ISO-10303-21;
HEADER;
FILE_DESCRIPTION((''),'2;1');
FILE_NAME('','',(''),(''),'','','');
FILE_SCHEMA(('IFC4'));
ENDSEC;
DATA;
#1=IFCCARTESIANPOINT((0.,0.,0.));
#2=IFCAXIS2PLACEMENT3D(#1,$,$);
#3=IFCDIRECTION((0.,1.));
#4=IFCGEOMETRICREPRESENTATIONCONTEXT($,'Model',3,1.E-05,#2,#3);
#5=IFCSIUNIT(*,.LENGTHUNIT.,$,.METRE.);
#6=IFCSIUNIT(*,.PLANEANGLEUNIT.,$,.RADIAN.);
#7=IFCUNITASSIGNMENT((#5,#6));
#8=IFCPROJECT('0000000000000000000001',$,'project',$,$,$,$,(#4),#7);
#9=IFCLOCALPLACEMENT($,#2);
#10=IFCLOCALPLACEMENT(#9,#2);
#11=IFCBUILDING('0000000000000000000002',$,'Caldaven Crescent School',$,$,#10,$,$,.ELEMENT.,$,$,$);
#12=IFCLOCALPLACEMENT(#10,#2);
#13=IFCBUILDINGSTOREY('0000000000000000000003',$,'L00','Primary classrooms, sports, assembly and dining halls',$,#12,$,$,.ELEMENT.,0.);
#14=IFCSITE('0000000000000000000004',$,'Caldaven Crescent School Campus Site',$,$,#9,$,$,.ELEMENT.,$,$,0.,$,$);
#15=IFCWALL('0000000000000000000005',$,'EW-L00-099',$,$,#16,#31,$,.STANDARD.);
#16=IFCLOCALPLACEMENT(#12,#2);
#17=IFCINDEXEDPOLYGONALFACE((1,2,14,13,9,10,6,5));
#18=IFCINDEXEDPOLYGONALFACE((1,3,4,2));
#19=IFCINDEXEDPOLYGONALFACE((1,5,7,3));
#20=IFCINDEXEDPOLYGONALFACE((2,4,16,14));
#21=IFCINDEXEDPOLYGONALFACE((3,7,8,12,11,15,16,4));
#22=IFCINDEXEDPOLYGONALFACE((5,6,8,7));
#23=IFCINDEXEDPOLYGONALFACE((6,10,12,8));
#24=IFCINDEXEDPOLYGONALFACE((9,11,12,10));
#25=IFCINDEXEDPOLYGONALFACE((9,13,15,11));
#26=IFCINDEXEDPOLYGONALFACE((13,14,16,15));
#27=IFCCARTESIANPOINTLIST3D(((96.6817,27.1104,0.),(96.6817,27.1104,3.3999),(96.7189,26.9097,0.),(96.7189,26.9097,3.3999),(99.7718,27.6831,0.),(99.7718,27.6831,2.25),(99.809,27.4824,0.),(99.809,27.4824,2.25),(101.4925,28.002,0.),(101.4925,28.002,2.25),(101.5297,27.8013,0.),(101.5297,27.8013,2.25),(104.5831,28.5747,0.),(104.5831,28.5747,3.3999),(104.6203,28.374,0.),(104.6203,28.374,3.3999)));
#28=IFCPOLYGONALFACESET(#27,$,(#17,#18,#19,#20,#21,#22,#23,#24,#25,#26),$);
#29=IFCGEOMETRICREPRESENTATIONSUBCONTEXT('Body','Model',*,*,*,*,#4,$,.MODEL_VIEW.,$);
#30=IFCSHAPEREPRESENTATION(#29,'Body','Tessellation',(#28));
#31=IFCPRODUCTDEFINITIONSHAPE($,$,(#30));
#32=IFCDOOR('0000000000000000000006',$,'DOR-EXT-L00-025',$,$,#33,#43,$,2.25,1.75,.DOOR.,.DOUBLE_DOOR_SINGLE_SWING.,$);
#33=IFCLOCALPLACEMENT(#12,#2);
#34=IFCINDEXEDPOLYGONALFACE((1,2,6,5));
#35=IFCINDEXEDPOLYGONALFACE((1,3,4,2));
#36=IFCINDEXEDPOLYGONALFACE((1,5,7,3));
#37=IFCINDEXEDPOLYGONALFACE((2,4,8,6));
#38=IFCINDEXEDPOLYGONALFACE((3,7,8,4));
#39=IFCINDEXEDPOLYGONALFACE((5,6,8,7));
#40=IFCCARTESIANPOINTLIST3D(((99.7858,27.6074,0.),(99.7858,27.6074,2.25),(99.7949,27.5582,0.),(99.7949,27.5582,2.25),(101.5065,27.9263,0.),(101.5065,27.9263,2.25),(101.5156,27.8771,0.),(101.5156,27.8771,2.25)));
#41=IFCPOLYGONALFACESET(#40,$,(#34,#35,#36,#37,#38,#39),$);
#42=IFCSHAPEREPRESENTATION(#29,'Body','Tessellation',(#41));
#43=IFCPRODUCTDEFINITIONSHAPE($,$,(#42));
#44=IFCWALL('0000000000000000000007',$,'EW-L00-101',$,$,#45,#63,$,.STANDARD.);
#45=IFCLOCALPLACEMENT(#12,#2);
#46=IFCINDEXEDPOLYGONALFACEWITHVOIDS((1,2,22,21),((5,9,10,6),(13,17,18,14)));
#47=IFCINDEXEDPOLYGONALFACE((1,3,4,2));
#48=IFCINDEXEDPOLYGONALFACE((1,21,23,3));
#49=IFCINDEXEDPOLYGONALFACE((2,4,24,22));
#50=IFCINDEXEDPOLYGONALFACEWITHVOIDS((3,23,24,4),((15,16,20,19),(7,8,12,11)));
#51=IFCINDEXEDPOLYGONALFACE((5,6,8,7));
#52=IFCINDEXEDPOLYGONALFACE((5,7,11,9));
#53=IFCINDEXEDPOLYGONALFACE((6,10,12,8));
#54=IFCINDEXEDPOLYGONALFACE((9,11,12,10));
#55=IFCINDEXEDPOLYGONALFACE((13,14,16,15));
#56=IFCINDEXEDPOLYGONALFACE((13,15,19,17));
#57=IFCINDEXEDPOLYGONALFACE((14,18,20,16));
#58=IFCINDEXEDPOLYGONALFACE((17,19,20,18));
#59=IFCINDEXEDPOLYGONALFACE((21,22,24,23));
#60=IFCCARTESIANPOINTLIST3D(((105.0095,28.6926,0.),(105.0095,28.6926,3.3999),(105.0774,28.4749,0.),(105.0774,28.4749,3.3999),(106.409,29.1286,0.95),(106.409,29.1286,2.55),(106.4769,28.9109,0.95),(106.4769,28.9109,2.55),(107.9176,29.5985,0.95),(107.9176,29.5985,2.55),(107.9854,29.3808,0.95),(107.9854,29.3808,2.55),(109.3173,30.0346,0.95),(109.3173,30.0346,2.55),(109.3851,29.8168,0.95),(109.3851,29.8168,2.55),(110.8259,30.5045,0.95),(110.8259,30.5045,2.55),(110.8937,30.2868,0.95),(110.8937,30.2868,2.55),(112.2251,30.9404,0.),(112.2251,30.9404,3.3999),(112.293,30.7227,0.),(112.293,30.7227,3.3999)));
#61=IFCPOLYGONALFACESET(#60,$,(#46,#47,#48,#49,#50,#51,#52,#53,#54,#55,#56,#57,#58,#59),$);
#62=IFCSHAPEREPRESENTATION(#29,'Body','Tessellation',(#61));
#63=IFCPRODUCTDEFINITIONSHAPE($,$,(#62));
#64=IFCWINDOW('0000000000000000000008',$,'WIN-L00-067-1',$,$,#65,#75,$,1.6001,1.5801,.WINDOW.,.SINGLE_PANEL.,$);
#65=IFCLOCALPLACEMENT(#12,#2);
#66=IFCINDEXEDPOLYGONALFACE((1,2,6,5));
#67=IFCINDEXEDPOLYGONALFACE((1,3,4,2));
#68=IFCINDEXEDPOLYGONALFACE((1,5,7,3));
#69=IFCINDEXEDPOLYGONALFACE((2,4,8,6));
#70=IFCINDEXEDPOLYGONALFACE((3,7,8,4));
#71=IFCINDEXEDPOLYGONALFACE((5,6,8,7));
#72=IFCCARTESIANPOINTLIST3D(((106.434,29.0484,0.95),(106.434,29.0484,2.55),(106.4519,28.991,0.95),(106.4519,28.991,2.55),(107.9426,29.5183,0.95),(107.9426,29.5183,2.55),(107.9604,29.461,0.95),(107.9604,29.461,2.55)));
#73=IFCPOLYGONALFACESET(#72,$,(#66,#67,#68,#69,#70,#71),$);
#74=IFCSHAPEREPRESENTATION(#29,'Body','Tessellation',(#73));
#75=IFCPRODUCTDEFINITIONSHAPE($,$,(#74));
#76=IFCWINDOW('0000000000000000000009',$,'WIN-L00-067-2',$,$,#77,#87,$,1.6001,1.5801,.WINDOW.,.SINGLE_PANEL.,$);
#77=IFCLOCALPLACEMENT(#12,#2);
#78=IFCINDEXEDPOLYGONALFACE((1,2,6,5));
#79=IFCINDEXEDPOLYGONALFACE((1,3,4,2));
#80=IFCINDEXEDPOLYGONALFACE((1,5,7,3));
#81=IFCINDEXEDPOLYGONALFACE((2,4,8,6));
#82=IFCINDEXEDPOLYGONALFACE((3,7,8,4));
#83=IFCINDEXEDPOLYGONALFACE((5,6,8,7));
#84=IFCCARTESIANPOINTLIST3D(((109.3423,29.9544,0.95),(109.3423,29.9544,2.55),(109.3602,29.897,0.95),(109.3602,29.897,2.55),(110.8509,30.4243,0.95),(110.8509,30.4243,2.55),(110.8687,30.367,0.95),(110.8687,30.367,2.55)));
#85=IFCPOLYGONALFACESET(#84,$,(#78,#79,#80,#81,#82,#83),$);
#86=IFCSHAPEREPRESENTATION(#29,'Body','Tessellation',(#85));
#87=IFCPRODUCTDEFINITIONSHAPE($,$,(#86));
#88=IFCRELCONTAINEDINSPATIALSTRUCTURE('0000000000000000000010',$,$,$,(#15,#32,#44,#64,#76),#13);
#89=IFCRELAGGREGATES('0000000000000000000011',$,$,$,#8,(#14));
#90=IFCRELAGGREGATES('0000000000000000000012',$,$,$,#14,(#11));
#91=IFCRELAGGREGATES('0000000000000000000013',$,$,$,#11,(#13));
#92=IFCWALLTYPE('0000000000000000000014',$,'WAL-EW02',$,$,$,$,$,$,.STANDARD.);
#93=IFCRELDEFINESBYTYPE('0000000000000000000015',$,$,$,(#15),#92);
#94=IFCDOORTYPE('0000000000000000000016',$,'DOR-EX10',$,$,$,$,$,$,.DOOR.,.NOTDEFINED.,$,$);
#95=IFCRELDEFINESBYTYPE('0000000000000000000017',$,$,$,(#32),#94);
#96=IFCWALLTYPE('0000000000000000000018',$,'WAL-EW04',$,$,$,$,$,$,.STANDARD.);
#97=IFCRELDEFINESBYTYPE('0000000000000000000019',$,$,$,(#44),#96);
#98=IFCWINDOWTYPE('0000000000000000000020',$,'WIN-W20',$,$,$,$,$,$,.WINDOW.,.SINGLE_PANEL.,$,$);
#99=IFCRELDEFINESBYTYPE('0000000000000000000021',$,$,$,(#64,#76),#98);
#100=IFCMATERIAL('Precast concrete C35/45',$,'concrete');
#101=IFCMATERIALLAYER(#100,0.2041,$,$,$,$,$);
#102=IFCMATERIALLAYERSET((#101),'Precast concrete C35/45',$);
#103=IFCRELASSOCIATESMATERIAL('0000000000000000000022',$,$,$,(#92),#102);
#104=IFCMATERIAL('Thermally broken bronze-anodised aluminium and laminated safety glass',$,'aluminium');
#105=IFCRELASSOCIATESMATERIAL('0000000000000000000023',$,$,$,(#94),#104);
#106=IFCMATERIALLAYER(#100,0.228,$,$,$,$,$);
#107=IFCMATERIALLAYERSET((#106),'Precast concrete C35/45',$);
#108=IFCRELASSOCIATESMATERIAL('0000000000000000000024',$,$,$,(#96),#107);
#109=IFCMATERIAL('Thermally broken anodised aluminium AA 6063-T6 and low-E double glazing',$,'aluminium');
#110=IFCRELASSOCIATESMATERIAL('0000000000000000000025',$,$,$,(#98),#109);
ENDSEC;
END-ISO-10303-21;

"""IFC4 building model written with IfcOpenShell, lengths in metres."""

from ifc_helpers import new_model, si_unit, direction, frame, frame_2d, origin, place, context, subcontext, project, spatial, rectangle, extrude, material, layer, layer_set, type_object, element, fill, save


model = new_model("IFC4")

# Units and contexts
model_context = context("Model", 3, precision=1e-05, world=origin(), true_north=direction((0.0, 1.0)))
body_context = subcontext(model_context, "Body", "Model", "MODEL_VIEW")
ifc_project = project(units=[si_unit("LENGTHUNIT", "METRE"), si_unit("PLANEANGLEUNIT", "RADIAN")], contexts=[model_context])

# Site, building, storey
site_placement = place(None, origin())
site = spatial("IfcSite", under=ifc_project, at=site_placement, Name="Caldaven Crescent School Campus Site", CompositionType="ELEMENT", RefElevation=0.0)
building_placement = place(site_placement, origin())
building = spatial("IfcBuilding", under=site, at=building_placement, Name="Caldaven Crescent School", CompositionType="ELEMENT")
storey_placement = place(building_placement, origin())
storey = spatial("IfcBuildingStorey", under=building, at=storey_placement, Name="L00", Description="Primary classrooms, sports, assembly and dining halls", CompositionType="ELEMENT", Elevation=0.0)

# Wall, opening, door
ifc_material_1 = material(Name="Precast concrete C35/45", Category="concrete")
ifc_layer_1 = layer(ifc_material_1, 0.2041)
ifc_layer_set_1 = layer_set([ifc_layer_1], Name="Precast concrete C35/45")
wall_type_1 = type_object("IfcWallType", Name="WAL-EW02", PredefinedType="STANDARD", material=ifc_layer_set_1)
wall_1_placement = place(storey_placement, frame((96.7002, 27.01, 0.0), z_axis=(0.0, 0.0, 1.0), x_axis=(0.983257, 0.182226, 0.0)))
wall_1 = element("IfcWall", 1, at=wall_1_placement, inside=storey, type_object=wall_type_1, Name="EW-L00-099", PredefinedType="STANDARD", context=body_context, shape_type="SweptSolid", body=[
    extrude(rectangle(XDim=8.0359, YDim=0.2041, at=frame_2d((4.0181, 0.0))), origin(), (0.0, 0.0, 1.0), 3.3999),
])
opening_1_placement = place(wall_1_placement, frame((3.1428, 0.0, 0.0)))
opening_1 = element("IfcOpeningElement", 2, at=opening_1_placement, cuts=wall_1, PredefinedType="OPENING", context=body_context, shape_type="SweptSolid", body=[
    extrude(rectangle(XDim=1.75, YDim=2.25, at=frame_2d((0.875, 1.125))), frame((0.0, 0.1121, 0.0), z_axis=(0.0, -1.0, 0.0), x_axis=(1.0, 0.0, 0.0)), (0.0, 0.0, 1.0), 0.2241),
])
ifc_material_2 = material(Name="Thermally broken bronze-anodised aluminium and laminated safety glass", Category="aluminium")
door_type_1 = type_object("IfcDoorType", Name="DOR-EX10", OperationType="NOTDEFINED", PredefinedType="DOOR", material=ifc_material_2)
door_1_placement = place(opening_1_placement, frame((1.75, 0.0, 0.0), z_axis=(0.0, 0.0, 1.0), x_axis=(-1.0, 0.0, 0.0)))
door_1 = element("IfcDoor", 3, at=door_1_placement, inside=storey, type_object=door_type_1, Name="DOR-EXT-L00-025", OperationType="DOUBLE_DOOR_SINGLE_SWING", OverallHeight=2.25, OverallWidth=1.75, PredefinedType="DOOR", context=body_context, shape_type="SweptSolid", body=[
    extrude(rectangle(XDim=1.75, YDim=2.25, at=frame_2d((0.875, 1.125))), frame((0.0, 0.0249, 0.0), z_axis=(0.0, -1.0, 0.0), x_axis=(1.0, 0.0, 0.0)), (0.0, 0.0, 1.0), 0.05),
])
fill(opening_1, door_1)

# Wall, openings, windows
ifc_layer_2 = layer(ifc_material_1, 0.228)
ifc_layer_set_2 = layer_set([ifc_layer_2], Name="Precast concrete C35/45")
wall_type_2 = type_object("IfcWallType", Name="WAL-EW04", PredefinedType="STANDARD", material=ifc_layer_set_2)
wall_2_placement = place(storey_placement, frame((105.0435, 28.5837, 0.0), z_axis=(0.0, 0.0, 1.0), x_axis=(0.954746, 0.297423, 0.0)))
wall_2 = element("IfcWall", 4, at=wall_2_placement, inside=storey, type_object=wall_type_2, Name="EW-L00-101", PredefinedType="STANDARD", context=body_context, shape_type="SweptSolid", body=[
    extrude(rectangle(XDim=7.5576, YDim=0.228, at=frame_2d((3.7788, 0.0))), origin(), (0.0, 0.0, 1.0), 3.3999),
])
opening_2_placement = place(wall_2_placement, frame((1.4658, 0.0, 0.95)))
opening_2 = element("IfcOpeningElement", 5, at=opening_2_placement, cuts=wall_2, PredefinedType="OPENING", context=body_context, shape_type="SweptSolid", body=[
    extrude(rectangle(XDim=1.5801, YDim=1.6001, at=frame_2d((0.79, 0.8))), frame((0.0, 0.124, 0.0), z_axis=(0.0, -1.0, 0.0), x_axis=(1.0, 0.0, 0.0)), (0.0, 0.0, 1.0), 0.248),
])
opening_3_placement = place(wall_2_placement, frame((4.512, 0.0, 0.95)))
opening_3 = element("IfcOpeningElement", 6, at=opening_3_placement, cuts=wall_2, PredefinedType="OPENING", context=body_context, shape_type="SweptSolid", body=[
    extrude(rectangle(XDim=1.5801, YDim=1.6001, at=frame_2d((0.79, 0.8))), frame((0.0, 0.124, 0.0), z_axis=(0.0, -1.0, 0.0), x_axis=(1.0, 0.0, 0.0)), (0.0, 0.0, 1.0), 0.248),
])
ifc_material_3 = material(Name="Thermally broken anodised aluminium AA 6063-T6 and low-E double glazing", Category="aluminium")
window_type = type_object("IfcWindowType", Name="WIN-W20", PartitioningType="SINGLE_PANEL", PredefinedType="WINDOW", material=ifc_material_3)
window_1_placement = place(opening_2_placement, origin())
window_1 = element("IfcWindow", 7, at=window_1_placement, inside=storey, type_object=window_type, Name="WIN-L00-067-1", OverallHeight=1.6001, OverallWidth=1.5801, PartitioningType="SINGLE_PANEL", PredefinedType="WINDOW", context=body_context, shape_type="SweptSolid", body=[
    extrude(rectangle(XDim=1.5801, YDim=1.6001, at=frame_2d((0.79, 0.8))), frame((0.0, 0.03, 0.0), z_axis=(0.0, -1.0, 0.0), x_axis=(1.0, 0.0, 0.0)), (0.0, 0.0, 1.0), 0.0601),
])
fill(opening_2, window_1)
window_2_placement = place(opening_3_placement, origin())
window_2 = element("IfcWindow", 8, at=window_2_placement, inside=storey, type_object=window_type, Name="WIN-L00-067-2", OverallHeight=1.6001, OverallWidth=1.5801, PartitioningType="SINGLE_PANEL", PredefinedType="WINDOW", context=body_context, shape_type="SweptSolid", body=[
    extrude(rectangle(XDim=1.5801, YDim=1.6001, at=frame_2d((0.79, 0.8))), frame((0.0, 0.03, 0.0), z_axis=(0.0, -1.0, 0.0), x_axis=(1.0, 0.0, 0.0)), (0.0, 0.0, 1.0), 0.0601),
])
fill(opening_3, window_2)

save(model, "model.ifc")
